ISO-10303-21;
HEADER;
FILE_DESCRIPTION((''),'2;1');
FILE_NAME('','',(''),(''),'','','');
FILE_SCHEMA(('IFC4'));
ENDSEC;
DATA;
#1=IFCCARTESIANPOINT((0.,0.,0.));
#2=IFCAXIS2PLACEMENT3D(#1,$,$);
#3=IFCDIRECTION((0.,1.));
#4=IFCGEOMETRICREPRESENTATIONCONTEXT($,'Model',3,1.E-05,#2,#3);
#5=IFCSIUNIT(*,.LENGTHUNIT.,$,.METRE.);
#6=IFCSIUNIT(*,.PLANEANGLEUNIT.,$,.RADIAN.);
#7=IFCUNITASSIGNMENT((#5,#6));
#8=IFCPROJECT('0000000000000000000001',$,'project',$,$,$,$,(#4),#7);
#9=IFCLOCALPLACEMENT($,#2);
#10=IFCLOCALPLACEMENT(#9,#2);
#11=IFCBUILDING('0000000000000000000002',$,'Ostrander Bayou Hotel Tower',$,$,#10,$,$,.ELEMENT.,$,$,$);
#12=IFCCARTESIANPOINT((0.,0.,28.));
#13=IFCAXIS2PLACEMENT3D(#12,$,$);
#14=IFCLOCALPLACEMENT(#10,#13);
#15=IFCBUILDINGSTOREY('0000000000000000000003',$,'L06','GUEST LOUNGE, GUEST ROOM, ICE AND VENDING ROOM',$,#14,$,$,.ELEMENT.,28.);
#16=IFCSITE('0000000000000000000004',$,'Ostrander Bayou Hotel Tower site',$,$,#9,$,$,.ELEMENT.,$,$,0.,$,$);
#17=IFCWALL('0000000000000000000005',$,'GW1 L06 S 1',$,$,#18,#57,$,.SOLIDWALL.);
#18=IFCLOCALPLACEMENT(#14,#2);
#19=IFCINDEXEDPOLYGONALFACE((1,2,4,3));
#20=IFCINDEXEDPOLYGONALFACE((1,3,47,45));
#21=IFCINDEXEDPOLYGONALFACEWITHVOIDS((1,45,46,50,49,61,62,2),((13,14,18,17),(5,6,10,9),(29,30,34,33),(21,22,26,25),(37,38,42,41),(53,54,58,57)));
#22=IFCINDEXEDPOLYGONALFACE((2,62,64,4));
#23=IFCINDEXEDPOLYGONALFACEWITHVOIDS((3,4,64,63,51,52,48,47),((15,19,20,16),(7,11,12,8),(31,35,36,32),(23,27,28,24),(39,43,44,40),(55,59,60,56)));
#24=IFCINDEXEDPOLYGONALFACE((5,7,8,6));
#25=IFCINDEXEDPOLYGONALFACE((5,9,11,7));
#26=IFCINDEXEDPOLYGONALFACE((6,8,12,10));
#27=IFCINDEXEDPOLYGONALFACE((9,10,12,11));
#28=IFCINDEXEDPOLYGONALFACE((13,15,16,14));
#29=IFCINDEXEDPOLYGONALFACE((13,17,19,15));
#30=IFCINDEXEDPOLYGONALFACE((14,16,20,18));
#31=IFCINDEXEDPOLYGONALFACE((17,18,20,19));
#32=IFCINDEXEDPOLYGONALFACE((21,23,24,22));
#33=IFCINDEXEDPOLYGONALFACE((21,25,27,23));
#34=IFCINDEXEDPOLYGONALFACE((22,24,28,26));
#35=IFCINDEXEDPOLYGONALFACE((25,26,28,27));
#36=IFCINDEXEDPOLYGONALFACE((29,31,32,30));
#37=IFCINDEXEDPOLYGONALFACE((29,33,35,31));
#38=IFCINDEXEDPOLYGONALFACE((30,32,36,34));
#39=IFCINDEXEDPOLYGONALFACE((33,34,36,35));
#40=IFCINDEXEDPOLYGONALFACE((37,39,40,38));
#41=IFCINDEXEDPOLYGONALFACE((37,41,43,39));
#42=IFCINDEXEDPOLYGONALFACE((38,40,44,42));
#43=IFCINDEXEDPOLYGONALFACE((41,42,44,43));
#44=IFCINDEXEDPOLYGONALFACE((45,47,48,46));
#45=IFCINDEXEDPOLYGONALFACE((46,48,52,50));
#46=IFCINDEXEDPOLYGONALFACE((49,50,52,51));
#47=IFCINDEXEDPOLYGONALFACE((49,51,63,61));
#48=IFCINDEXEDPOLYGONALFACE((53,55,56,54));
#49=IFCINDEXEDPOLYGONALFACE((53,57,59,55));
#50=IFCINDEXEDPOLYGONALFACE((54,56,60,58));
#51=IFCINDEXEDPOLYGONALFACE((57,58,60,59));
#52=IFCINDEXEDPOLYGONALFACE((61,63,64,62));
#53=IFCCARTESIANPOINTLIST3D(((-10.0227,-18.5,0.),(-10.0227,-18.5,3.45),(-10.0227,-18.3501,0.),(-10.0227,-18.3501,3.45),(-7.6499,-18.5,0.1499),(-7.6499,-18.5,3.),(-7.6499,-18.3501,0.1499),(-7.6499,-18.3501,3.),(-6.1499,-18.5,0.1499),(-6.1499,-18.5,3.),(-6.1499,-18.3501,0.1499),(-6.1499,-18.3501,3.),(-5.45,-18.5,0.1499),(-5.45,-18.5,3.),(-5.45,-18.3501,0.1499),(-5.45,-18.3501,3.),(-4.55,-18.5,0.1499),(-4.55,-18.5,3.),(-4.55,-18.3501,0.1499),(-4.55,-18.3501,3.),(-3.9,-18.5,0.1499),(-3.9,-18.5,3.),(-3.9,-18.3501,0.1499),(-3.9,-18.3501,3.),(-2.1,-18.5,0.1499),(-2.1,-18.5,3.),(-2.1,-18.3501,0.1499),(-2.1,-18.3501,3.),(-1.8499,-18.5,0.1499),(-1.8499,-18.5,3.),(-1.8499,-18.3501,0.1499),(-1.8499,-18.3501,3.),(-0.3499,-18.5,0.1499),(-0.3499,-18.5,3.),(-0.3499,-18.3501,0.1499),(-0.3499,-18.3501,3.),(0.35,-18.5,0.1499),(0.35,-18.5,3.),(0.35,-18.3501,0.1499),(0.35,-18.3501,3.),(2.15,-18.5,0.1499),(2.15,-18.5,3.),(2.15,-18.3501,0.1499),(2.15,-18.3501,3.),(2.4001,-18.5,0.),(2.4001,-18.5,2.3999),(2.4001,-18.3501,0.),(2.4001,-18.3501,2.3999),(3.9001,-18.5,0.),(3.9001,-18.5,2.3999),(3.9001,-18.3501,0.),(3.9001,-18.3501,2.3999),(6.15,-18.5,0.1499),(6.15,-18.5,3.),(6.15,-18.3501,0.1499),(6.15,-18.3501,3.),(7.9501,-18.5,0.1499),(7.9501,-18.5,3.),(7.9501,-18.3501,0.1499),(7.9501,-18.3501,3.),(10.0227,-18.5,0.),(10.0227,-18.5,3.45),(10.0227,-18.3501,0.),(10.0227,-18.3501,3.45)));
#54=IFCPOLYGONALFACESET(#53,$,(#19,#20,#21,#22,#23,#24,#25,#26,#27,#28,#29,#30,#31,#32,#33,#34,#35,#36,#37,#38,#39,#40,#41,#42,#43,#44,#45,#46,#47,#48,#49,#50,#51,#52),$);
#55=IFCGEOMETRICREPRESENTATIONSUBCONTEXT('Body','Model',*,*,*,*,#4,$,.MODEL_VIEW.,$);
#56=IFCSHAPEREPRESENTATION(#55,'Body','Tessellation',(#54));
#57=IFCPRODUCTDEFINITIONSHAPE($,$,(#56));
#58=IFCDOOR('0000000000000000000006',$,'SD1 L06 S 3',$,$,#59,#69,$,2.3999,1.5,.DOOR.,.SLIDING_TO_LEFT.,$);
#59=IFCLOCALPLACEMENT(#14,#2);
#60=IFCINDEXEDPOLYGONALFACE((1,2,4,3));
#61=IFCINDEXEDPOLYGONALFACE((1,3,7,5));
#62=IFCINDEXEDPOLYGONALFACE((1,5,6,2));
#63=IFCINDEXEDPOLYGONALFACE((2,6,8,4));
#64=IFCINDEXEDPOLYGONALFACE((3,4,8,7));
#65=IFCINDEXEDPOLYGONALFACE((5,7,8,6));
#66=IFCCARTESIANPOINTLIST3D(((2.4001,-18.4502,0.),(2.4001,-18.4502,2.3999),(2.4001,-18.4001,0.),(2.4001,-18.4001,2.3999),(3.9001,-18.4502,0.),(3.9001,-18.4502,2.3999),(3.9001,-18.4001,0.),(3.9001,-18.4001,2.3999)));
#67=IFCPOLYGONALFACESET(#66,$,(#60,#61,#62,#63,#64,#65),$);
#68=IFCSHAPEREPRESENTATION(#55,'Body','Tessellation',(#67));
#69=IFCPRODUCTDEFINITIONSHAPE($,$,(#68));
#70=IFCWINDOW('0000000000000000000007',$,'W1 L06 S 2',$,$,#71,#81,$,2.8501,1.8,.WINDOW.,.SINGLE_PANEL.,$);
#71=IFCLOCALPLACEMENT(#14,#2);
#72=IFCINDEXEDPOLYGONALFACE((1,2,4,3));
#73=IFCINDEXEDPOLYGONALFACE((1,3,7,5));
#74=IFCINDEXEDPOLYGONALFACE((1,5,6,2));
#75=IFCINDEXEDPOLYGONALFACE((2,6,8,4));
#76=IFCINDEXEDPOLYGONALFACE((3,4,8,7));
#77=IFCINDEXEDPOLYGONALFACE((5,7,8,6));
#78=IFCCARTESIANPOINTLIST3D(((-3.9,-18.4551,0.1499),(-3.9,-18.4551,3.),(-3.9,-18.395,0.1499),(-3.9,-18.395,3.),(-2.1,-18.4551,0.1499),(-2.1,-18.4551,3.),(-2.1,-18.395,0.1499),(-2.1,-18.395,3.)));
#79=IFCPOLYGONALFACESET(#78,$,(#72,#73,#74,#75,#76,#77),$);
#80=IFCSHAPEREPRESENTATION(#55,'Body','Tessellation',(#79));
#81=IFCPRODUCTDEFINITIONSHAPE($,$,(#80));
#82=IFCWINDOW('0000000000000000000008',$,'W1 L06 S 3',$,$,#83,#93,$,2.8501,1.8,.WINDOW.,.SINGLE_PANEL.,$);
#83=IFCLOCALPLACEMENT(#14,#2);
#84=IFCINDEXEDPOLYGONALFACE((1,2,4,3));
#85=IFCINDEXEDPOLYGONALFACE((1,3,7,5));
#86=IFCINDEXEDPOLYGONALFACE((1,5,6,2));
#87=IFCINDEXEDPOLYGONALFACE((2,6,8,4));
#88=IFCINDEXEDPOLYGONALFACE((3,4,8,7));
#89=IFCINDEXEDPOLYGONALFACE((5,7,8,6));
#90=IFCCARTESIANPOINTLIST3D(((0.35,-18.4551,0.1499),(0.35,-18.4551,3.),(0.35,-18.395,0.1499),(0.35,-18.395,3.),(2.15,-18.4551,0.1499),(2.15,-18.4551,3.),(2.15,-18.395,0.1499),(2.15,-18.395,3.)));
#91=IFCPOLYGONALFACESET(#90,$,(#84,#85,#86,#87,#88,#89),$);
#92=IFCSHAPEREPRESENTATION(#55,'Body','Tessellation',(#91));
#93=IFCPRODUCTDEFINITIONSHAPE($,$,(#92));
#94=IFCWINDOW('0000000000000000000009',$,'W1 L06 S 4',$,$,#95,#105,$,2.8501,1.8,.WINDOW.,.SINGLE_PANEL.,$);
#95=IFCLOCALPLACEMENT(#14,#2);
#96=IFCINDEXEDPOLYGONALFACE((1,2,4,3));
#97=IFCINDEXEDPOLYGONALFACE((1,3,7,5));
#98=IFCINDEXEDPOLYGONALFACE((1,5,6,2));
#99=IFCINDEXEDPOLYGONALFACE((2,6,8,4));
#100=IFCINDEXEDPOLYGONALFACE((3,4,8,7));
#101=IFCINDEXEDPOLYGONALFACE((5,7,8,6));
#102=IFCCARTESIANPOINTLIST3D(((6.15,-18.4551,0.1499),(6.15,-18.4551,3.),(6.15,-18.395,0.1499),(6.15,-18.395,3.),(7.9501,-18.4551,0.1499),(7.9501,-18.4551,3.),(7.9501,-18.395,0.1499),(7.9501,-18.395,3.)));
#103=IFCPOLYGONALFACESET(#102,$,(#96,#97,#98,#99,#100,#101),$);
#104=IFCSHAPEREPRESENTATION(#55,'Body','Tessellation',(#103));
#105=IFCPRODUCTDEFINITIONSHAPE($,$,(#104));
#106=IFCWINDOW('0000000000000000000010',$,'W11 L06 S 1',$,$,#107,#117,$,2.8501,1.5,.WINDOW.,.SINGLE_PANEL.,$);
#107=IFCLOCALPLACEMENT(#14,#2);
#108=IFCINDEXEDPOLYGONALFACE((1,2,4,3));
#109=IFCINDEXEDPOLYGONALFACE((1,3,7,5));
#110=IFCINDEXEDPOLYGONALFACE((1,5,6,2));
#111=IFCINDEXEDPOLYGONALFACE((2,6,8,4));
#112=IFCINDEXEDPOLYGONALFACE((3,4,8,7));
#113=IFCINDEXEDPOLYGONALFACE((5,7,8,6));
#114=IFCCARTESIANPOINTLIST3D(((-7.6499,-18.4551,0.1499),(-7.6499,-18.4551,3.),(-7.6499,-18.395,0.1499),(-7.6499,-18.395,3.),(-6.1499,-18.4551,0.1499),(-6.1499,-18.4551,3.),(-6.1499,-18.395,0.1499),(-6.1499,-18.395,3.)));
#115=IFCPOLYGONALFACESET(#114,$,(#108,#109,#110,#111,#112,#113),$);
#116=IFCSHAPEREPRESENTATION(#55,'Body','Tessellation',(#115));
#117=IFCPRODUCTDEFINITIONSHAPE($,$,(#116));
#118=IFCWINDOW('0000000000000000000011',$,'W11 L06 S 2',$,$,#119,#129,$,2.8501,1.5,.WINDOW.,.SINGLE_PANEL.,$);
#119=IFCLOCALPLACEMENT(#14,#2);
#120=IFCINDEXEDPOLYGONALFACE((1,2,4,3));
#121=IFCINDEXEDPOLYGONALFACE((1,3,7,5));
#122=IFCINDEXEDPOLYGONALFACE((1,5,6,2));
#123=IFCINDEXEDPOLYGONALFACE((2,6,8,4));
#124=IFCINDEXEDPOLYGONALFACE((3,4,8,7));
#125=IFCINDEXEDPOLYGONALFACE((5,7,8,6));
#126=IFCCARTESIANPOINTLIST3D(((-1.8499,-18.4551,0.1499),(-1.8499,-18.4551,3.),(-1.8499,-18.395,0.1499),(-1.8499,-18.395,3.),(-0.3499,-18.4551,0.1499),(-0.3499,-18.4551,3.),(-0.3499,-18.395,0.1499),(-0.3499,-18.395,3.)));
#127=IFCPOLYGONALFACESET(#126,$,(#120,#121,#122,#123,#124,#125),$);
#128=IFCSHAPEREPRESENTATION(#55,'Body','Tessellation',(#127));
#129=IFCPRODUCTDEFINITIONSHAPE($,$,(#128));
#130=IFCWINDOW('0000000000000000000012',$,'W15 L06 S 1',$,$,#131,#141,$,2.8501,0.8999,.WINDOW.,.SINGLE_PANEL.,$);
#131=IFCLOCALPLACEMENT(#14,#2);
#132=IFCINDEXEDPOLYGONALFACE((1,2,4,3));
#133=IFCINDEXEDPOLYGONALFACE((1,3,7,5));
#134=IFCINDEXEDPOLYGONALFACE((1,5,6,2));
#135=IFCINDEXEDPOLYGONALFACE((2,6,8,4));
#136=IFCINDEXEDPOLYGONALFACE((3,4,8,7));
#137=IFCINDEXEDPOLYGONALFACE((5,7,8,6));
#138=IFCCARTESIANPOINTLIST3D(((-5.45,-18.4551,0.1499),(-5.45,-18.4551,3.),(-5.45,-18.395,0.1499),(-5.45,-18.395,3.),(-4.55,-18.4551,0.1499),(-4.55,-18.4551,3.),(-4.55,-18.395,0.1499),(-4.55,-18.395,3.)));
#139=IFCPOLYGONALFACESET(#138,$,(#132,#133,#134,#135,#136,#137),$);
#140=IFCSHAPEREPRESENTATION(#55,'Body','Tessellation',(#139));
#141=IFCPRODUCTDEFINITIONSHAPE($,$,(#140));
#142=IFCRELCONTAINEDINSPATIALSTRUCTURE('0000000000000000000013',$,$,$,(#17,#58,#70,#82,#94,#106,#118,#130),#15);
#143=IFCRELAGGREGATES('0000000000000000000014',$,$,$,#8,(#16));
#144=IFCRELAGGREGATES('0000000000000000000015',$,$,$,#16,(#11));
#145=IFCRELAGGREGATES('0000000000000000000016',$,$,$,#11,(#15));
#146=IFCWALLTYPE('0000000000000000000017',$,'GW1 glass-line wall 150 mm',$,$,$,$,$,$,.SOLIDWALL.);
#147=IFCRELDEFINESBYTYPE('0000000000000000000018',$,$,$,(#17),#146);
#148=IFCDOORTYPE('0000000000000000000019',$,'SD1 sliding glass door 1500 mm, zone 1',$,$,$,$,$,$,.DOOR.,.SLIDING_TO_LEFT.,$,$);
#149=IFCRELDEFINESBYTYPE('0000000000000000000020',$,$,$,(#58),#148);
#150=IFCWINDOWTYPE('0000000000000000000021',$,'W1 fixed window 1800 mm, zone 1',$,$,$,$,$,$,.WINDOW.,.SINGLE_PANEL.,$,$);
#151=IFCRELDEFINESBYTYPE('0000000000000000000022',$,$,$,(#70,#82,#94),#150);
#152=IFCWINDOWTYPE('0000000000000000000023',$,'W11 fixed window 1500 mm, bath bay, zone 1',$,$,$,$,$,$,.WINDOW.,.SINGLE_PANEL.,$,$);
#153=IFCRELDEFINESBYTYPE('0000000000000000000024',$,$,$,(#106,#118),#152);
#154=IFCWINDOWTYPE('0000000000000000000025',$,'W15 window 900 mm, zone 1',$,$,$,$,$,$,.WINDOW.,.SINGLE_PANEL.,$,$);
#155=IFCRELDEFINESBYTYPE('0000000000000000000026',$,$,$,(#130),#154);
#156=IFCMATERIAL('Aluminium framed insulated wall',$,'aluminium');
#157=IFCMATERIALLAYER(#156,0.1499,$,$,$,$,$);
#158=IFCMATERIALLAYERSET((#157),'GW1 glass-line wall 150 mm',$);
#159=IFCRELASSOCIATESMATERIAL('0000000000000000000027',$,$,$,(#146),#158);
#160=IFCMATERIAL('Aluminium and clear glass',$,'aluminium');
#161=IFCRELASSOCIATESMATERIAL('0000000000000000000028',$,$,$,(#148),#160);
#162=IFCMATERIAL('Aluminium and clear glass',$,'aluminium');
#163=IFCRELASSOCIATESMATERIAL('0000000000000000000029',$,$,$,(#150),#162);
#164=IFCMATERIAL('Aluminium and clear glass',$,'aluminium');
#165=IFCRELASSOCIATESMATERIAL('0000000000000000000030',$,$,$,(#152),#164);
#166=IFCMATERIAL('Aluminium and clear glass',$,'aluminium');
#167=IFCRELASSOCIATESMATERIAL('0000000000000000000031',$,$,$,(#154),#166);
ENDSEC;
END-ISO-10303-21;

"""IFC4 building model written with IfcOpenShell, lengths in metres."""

from ifc_helpers import new_model, si_unit, direction, frame, frame_2d, origin, place, context, subcontext, project, spatial, rectangle, extrude, material, layer, layer_set, type_object, element, fill, save


model = new_model("IFC4")

# Units and contexts
model_context = context("Model", 3, precision=1e-05, world=origin(), true_north=direction((0.0, 1.0)))
body_context = subcontext(model_context, "Body", "Model", "MODEL_VIEW")
ifc_project = project(units=[si_unit("LENGTHUNIT", "METRE"), si_unit("PLANEANGLEUNIT", "RADIAN")], contexts=[model_context])

# Site, building, storey
site_placement = place(None, origin())
site = spatial("IfcSite", under=ifc_project, at=site_placement, Name="Ostrander Bayou Hotel Tower site", CompositionType="ELEMENT", RefElevation=0.0)
building_placement = place(site_placement, origin())
building = spatial("IfcBuilding", under=site, at=building_placement, Name="Ostrander Bayou Hotel Tower", CompositionType="ELEMENT")
storey_placement = place(building_placement, frame((0.0, 0.0, 28.0)))
storey = spatial("IfcBuildingStorey", under=building, at=storey_placement, Name="L06", Description="GUEST LOUNGE, GUEST ROOM, ICE AND VENDING ROOM", CompositionType="ELEMENT", Elevation=28.0)

# Wall, openings, door, windows
ifc_material_1 = material(Name="Aluminium framed insulated wall", Category="aluminium")
ifc_layer_1 = layer(ifc_material_1, 0.1499)
ifc_layer_set_1 = layer_set([ifc_layer_1], Name="GW1 glass-line wall 150 mm")
wall_type_1 = type_object("IfcWallType", Name="GW1 glass-line wall 150 mm", PredefinedType="SOLIDWALL", material=ifc_layer_set_1)
wall_1_placement = place(storey_placement, frame((-10.0227, -18.425, 0.0), z_axis=(0.0, 0.0, 1.0), x_axis=(1.0, 0.0, 0.0)))
wall_1 = element("IfcWall", 1, at=wall_1_placement, inside=storey, type_object=wall_type_1, Name="GW1 L06 S 1", PredefinedType="SOLIDWALL", context=body_context, shape_type="SweptSolid", body=[
    extrude(rectangle(XDim=20.0454, YDim=0.1499, at=frame_2d((10.0227, 0.0))), origin(), (0.0, 0.0, 1.0), 3.45),
])
opening_1_placement = place(wall_1_placement, frame((4.5728, 0.0, 0.1499)))
opening_1 = element("IfcOpeningElement", 2, at=opening_1_placement, cuts=wall_1, PredefinedType="OPENING", context=body_context, shape_type="SweptSolid", body=[
    extrude(rectangle(XDim=0.8999, YDim=2.8501, at=frame_2d((0.45, 1.425))), frame((0.0, 0.075, 0.0), z_axis=(0.0, -1.0, 0.0), x_axis=(1.0, 0.0, 0.0)), (0.0, 0.0, 1.0), 0.1499),
])
opening_2_placement = place(wall_1_placement, frame((2.3728, 0.0, 0.1499)))
opening_2 = element("IfcOpeningElement", 3, at=opening_2_placement, cuts=wall_1, PredefinedType="OPENING", context=body_context, shape_type="SweptSolid", body=[
    extrude(rectangle(XDim=1.5, YDim=2.8501, at=frame_2d((0.75, 1.425))), frame((0.0, 0.075, 0.0), z_axis=(0.0, -1.0, 0.0), x_axis=(1.0, 0.0, 0.0)), (0.0, 0.0, 1.0), 0.1499),
])
opening_3_placement = place(wall_1_placement, frame((6.1228, 0.0, 0.1499)))
opening_3 = element("IfcOpeningElement", 4, at=opening_3_placement, cuts=wall_1, PredefinedType="OPENING", context=body_context, shape_type="SweptSolid", body=[
    extrude(rectangle(XDim=1.8, YDim=2.8501, at=frame_2d((0.8999, 1.425))), frame((0.0, 0.075, 0.0), z_axis=(0.0, -1.0, 0.0), x_axis=(1.0, 0.0, 0.0)), (0.0, 0.0, 1.0), 0.1499),
])
opening_4_placement = place(wall_1_placement, frame((8.1729, 0.0, 0.1499)))
opening_4 = element("IfcOpeningElement", 5, at=opening_4_placement, cuts=wall_1, PredefinedType="OPENING", context=body_context, shape_type="SweptSolid", body=[
    extrude(rectangle(XDim=1.5, YDim=2.8501, at=frame_2d((0.75, 1.425))), frame((0.0, 0.075, 0.0), z_axis=(0.0, -1.0, 0.0), x_axis=(1.0, 0.0, 0.0)), (0.0, 0.0, 1.0), 0.1499),
])
opening_5_placement = place(wall_1_placement, frame((10.3728, 0.0, 0.1499)))
opening_5 = element("IfcOpeningElement", 6, at=opening_5_placement, cuts=wall_1, PredefinedType="OPENING", context=body_context, shape_type="SweptSolid", body=[
    extrude(rectangle(XDim=1.8, YDim=2.8501, at=frame_2d((0.8999, 1.425))), frame((0.0, 0.075, 0.0), z_axis=(0.0, -1.0, 0.0), x_axis=(1.0, 0.0, 0.0)), (0.0, 0.0, 1.0), 0.1499),
])
opening_6_placement = place(wall_1_placement, frame((12.4229, 0.0, 0.0)))
opening_6 = element("IfcOpeningElement", 7, at=opening_6_placement, cuts=wall_1, PredefinedType="OPENING", context=body_context, shape_type="SweptSolid", body=[
    extrude(rectangle(XDim=1.5, YDim=2.3999, at=frame_2d((0.75, 1.2))), frame((0.0, 0.075, 0.0), z_axis=(0.0, -1.0, 0.0), x_axis=(1.0, 0.0, 0.0)), (0.0, 0.0, 1.0), 0.1499),
])
opening_7_placement = place(wall_1_placement, frame((16.1729, 0.0, 0.1499)))
opening_7 = element("IfcOpeningElement", 8, at=opening_7_placement, cuts=wall_1, PredefinedType="OPENING", context=body_context, shape_type="SweptSolid", body=[
    extrude(rectangle(XDim=1.8, YDim=2.8501, at=frame_2d((0.8999, 1.425))), frame((0.0, 0.075, 0.0), z_axis=(0.0, -1.0, 0.0), x_axis=(1.0, 0.0, 0.0)), (0.0, 0.0, 1.0), 0.1499),
])
ifc_material_2 = material(Name="Aluminium and clear glass", Category="aluminium")
door_type = type_object("IfcDoorType", Name="SD1 sliding glass door 1500 mm, zone 1", OperationType="SLIDING_TO_LEFT", PredefinedType="DOOR", material=ifc_material_2)
door_placement = place(opening_6_placement, origin())
door = element("IfcDoor", 9, at=door_placement, inside=storey, type_object=door_type, Name="SD1 L06 S 3", OperationType="SLIDING_TO_LEFT", OverallHeight=2.3999, OverallWidth=1.5, PredefinedType="DOOR", context=body_context, shape_type="SweptSolid", body=[
    extrude(rectangle(XDim=1.5, YDim=2.3999, at=frame_2d((0.75, 1.2))), frame((0.0, 0.0249, 0.0), z_axis=(0.0, -1.0, 0.0), x_axis=(1.0, 0.0, 0.0)), (0.0, 0.0, 1.0), 0.05),
])
fill(opening_6, door)
ifc_material_3 = material(Name="Aluminium and clear glass", Category="aluminium")
window_type_1 = type_object("IfcWindowType", Name="W1 fixed window 1800 mm, zone 1", PartitioningType="SINGLE_PANEL", PredefinedType="WINDOW", material=ifc_material_3)
window_1_placement = place(opening_3_placement, origin())
window_1 = element("IfcWindow", 10, at=window_1_placement, inside=storey, type_object=window_type_1, Name="W1 L06 S 2", OverallHeight=2.8501, OverallWidth=1.8, PartitioningType="SINGLE_PANEL", PredefinedType="WINDOW", context=body_context, shape_type="SweptSolid", body=[
    extrude(rectangle(XDim=1.8, YDim=2.8501, at=frame_2d((0.8999, 1.425))), frame((0.0, 0.03, 0.0), z_axis=(0.0, -1.0, 0.0), x_axis=(1.0, 0.0, 0.0)), (0.0, 0.0, 1.0), 0.0601),
])
fill(opening_3, window_1)
window_2_placement = place(opening_5_placement, origin())
window_2 = element("IfcWindow", 11, at=window_2_placement, inside=storey, type_object=window_type_1, Name="W1 L06 S 3", OverallHeight=2.8501, OverallWidth=1.8, PartitioningType="SINGLE_PANEL", PredefinedType="WINDOW", context=body_context, shape_type="SweptSolid", body=[
    extrude(rectangle(XDim=1.8, YDim=2.8501, at=frame_2d((0.8999, 1.425))), frame((0.0, 0.03, 0.0), z_axis=(0.0, -1.0, 0.0), x_axis=(1.0, 0.0, 0.0)), (0.0, 0.0, 1.0), 0.0601),
])
fill(opening_5, window_2)
window_3_placement = place(opening_7_placement, origin())
window_3 = element("IfcWindow", 12, at=window_3_placement, inside=storey, type_object=window_type_1, Name="W1 L06 S 4", OverallHeight=2.8501, OverallWidth=1.8, PartitioningType="SINGLE_PANEL", PredefinedType="WINDOW", context=body_context, shape_type="SweptSolid", body=[
    extrude(rectangle(XDim=1.8, YDim=2.8501, at=frame_2d((0.8999, 1.425))), frame((0.0, 0.03, 0.0), z_axis=(0.0, -1.0, 0.0), x_axis=(1.0, 0.0, 0.0)), (0.0, 0.0, 1.0), 0.0601),
])
fill(opening_7, window_3)
ifc_material_4 = material(Name="Aluminium and clear glass", Category="aluminium")
window_type_2 = type_object("IfcWindowType", Name="W11 fixed window 1500 mm, bath bay, zone 1", PartitioningType="SINGLE_PANEL", PredefinedType="WINDOW", material=ifc_material_4)
window_4_placement = place(opening_2_placement, origin())
window_4 = element("IfcWindow", 13, at=window_4_placement, inside=storey, type_object=window_type_2, Name="W11 L06 S 1", OverallHeight=2.8501, OverallWidth=1.5, PartitioningType="SINGLE_PANEL", PredefinedType="WINDOW", context=body_context, shape_type="SweptSolid", body=[
    extrude(rectangle(XDim=1.5, YDim=2.8501, at=frame_2d((0.75, 1.425))), frame((0.0, 0.03, 0.0), z_axis=(0.0, -1.0, 0.0), x_axis=(1.0, 0.0, 0.0)), (0.0, 0.0, 1.0), 0.0601),
])
fill(opening_2, window_4)
window_5_placement = place(opening_4_placement, origin())
window_5 = element("IfcWindow", 14, at=window_5_placement, inside=storey, type_object=window_type_2, Name="W11 L06 S 2", OverallHeight=2.8501, OverallWidth=1.5, PartitioningType="SINGLE_PANEL", PredefinedType="WINDOW", context=body_context, shape_type="SweptSolid", body=[
    extrude(rectangle(XDim=1.5, YDim=2.8501, at=frame_2d((0.75, 1.425))), frame((0.0, 0.03, 0.0), z_axis=(0.0, -1.0, 0.0), x_axis=(1.0, 0.0, 0.0)), (0.0, 0.0, 1.0), 0.0601),
])
fill(opening_4, window_5)
ifc_material_5 = material(Name="Aluminium and clear glass", Category="aluminium")
window_type_3 = type_object("IfcWindowType", Name="W15 window 900 mm, zone 1", PartitioningType="SINGLE_PANEL", PredefinedType="WINDOW", material=ifc_material_5)
window_6_placement = place(opening_1_placement, origin())
window_6 = element("IfcWindow", 15, at=window_6_placement, inside=storey, type_object=window_type_3, Name="W15 L06 S 1", OverallHeight=2.8501, OverallWidth=0.8999, PartitioningType="SINGLE_PANEL", PredefinedType="WINDOW", context=body_context, shape_type="SweptSolid", body=[
    extrude(rectangle(XDim=0.8999, YDim=2.8501, at=frame_2d((0.45, 1.425))), frame((0.0, 0.03, 0.0), z_axis=(0.0, -1.0, 0.0), x_axis=(1.0, 0.0, 0.0)), (0.0, 0.0, 1.0), 0.0601),
])
fill(opening_1, window_6)

save(model, "model.ifc")
